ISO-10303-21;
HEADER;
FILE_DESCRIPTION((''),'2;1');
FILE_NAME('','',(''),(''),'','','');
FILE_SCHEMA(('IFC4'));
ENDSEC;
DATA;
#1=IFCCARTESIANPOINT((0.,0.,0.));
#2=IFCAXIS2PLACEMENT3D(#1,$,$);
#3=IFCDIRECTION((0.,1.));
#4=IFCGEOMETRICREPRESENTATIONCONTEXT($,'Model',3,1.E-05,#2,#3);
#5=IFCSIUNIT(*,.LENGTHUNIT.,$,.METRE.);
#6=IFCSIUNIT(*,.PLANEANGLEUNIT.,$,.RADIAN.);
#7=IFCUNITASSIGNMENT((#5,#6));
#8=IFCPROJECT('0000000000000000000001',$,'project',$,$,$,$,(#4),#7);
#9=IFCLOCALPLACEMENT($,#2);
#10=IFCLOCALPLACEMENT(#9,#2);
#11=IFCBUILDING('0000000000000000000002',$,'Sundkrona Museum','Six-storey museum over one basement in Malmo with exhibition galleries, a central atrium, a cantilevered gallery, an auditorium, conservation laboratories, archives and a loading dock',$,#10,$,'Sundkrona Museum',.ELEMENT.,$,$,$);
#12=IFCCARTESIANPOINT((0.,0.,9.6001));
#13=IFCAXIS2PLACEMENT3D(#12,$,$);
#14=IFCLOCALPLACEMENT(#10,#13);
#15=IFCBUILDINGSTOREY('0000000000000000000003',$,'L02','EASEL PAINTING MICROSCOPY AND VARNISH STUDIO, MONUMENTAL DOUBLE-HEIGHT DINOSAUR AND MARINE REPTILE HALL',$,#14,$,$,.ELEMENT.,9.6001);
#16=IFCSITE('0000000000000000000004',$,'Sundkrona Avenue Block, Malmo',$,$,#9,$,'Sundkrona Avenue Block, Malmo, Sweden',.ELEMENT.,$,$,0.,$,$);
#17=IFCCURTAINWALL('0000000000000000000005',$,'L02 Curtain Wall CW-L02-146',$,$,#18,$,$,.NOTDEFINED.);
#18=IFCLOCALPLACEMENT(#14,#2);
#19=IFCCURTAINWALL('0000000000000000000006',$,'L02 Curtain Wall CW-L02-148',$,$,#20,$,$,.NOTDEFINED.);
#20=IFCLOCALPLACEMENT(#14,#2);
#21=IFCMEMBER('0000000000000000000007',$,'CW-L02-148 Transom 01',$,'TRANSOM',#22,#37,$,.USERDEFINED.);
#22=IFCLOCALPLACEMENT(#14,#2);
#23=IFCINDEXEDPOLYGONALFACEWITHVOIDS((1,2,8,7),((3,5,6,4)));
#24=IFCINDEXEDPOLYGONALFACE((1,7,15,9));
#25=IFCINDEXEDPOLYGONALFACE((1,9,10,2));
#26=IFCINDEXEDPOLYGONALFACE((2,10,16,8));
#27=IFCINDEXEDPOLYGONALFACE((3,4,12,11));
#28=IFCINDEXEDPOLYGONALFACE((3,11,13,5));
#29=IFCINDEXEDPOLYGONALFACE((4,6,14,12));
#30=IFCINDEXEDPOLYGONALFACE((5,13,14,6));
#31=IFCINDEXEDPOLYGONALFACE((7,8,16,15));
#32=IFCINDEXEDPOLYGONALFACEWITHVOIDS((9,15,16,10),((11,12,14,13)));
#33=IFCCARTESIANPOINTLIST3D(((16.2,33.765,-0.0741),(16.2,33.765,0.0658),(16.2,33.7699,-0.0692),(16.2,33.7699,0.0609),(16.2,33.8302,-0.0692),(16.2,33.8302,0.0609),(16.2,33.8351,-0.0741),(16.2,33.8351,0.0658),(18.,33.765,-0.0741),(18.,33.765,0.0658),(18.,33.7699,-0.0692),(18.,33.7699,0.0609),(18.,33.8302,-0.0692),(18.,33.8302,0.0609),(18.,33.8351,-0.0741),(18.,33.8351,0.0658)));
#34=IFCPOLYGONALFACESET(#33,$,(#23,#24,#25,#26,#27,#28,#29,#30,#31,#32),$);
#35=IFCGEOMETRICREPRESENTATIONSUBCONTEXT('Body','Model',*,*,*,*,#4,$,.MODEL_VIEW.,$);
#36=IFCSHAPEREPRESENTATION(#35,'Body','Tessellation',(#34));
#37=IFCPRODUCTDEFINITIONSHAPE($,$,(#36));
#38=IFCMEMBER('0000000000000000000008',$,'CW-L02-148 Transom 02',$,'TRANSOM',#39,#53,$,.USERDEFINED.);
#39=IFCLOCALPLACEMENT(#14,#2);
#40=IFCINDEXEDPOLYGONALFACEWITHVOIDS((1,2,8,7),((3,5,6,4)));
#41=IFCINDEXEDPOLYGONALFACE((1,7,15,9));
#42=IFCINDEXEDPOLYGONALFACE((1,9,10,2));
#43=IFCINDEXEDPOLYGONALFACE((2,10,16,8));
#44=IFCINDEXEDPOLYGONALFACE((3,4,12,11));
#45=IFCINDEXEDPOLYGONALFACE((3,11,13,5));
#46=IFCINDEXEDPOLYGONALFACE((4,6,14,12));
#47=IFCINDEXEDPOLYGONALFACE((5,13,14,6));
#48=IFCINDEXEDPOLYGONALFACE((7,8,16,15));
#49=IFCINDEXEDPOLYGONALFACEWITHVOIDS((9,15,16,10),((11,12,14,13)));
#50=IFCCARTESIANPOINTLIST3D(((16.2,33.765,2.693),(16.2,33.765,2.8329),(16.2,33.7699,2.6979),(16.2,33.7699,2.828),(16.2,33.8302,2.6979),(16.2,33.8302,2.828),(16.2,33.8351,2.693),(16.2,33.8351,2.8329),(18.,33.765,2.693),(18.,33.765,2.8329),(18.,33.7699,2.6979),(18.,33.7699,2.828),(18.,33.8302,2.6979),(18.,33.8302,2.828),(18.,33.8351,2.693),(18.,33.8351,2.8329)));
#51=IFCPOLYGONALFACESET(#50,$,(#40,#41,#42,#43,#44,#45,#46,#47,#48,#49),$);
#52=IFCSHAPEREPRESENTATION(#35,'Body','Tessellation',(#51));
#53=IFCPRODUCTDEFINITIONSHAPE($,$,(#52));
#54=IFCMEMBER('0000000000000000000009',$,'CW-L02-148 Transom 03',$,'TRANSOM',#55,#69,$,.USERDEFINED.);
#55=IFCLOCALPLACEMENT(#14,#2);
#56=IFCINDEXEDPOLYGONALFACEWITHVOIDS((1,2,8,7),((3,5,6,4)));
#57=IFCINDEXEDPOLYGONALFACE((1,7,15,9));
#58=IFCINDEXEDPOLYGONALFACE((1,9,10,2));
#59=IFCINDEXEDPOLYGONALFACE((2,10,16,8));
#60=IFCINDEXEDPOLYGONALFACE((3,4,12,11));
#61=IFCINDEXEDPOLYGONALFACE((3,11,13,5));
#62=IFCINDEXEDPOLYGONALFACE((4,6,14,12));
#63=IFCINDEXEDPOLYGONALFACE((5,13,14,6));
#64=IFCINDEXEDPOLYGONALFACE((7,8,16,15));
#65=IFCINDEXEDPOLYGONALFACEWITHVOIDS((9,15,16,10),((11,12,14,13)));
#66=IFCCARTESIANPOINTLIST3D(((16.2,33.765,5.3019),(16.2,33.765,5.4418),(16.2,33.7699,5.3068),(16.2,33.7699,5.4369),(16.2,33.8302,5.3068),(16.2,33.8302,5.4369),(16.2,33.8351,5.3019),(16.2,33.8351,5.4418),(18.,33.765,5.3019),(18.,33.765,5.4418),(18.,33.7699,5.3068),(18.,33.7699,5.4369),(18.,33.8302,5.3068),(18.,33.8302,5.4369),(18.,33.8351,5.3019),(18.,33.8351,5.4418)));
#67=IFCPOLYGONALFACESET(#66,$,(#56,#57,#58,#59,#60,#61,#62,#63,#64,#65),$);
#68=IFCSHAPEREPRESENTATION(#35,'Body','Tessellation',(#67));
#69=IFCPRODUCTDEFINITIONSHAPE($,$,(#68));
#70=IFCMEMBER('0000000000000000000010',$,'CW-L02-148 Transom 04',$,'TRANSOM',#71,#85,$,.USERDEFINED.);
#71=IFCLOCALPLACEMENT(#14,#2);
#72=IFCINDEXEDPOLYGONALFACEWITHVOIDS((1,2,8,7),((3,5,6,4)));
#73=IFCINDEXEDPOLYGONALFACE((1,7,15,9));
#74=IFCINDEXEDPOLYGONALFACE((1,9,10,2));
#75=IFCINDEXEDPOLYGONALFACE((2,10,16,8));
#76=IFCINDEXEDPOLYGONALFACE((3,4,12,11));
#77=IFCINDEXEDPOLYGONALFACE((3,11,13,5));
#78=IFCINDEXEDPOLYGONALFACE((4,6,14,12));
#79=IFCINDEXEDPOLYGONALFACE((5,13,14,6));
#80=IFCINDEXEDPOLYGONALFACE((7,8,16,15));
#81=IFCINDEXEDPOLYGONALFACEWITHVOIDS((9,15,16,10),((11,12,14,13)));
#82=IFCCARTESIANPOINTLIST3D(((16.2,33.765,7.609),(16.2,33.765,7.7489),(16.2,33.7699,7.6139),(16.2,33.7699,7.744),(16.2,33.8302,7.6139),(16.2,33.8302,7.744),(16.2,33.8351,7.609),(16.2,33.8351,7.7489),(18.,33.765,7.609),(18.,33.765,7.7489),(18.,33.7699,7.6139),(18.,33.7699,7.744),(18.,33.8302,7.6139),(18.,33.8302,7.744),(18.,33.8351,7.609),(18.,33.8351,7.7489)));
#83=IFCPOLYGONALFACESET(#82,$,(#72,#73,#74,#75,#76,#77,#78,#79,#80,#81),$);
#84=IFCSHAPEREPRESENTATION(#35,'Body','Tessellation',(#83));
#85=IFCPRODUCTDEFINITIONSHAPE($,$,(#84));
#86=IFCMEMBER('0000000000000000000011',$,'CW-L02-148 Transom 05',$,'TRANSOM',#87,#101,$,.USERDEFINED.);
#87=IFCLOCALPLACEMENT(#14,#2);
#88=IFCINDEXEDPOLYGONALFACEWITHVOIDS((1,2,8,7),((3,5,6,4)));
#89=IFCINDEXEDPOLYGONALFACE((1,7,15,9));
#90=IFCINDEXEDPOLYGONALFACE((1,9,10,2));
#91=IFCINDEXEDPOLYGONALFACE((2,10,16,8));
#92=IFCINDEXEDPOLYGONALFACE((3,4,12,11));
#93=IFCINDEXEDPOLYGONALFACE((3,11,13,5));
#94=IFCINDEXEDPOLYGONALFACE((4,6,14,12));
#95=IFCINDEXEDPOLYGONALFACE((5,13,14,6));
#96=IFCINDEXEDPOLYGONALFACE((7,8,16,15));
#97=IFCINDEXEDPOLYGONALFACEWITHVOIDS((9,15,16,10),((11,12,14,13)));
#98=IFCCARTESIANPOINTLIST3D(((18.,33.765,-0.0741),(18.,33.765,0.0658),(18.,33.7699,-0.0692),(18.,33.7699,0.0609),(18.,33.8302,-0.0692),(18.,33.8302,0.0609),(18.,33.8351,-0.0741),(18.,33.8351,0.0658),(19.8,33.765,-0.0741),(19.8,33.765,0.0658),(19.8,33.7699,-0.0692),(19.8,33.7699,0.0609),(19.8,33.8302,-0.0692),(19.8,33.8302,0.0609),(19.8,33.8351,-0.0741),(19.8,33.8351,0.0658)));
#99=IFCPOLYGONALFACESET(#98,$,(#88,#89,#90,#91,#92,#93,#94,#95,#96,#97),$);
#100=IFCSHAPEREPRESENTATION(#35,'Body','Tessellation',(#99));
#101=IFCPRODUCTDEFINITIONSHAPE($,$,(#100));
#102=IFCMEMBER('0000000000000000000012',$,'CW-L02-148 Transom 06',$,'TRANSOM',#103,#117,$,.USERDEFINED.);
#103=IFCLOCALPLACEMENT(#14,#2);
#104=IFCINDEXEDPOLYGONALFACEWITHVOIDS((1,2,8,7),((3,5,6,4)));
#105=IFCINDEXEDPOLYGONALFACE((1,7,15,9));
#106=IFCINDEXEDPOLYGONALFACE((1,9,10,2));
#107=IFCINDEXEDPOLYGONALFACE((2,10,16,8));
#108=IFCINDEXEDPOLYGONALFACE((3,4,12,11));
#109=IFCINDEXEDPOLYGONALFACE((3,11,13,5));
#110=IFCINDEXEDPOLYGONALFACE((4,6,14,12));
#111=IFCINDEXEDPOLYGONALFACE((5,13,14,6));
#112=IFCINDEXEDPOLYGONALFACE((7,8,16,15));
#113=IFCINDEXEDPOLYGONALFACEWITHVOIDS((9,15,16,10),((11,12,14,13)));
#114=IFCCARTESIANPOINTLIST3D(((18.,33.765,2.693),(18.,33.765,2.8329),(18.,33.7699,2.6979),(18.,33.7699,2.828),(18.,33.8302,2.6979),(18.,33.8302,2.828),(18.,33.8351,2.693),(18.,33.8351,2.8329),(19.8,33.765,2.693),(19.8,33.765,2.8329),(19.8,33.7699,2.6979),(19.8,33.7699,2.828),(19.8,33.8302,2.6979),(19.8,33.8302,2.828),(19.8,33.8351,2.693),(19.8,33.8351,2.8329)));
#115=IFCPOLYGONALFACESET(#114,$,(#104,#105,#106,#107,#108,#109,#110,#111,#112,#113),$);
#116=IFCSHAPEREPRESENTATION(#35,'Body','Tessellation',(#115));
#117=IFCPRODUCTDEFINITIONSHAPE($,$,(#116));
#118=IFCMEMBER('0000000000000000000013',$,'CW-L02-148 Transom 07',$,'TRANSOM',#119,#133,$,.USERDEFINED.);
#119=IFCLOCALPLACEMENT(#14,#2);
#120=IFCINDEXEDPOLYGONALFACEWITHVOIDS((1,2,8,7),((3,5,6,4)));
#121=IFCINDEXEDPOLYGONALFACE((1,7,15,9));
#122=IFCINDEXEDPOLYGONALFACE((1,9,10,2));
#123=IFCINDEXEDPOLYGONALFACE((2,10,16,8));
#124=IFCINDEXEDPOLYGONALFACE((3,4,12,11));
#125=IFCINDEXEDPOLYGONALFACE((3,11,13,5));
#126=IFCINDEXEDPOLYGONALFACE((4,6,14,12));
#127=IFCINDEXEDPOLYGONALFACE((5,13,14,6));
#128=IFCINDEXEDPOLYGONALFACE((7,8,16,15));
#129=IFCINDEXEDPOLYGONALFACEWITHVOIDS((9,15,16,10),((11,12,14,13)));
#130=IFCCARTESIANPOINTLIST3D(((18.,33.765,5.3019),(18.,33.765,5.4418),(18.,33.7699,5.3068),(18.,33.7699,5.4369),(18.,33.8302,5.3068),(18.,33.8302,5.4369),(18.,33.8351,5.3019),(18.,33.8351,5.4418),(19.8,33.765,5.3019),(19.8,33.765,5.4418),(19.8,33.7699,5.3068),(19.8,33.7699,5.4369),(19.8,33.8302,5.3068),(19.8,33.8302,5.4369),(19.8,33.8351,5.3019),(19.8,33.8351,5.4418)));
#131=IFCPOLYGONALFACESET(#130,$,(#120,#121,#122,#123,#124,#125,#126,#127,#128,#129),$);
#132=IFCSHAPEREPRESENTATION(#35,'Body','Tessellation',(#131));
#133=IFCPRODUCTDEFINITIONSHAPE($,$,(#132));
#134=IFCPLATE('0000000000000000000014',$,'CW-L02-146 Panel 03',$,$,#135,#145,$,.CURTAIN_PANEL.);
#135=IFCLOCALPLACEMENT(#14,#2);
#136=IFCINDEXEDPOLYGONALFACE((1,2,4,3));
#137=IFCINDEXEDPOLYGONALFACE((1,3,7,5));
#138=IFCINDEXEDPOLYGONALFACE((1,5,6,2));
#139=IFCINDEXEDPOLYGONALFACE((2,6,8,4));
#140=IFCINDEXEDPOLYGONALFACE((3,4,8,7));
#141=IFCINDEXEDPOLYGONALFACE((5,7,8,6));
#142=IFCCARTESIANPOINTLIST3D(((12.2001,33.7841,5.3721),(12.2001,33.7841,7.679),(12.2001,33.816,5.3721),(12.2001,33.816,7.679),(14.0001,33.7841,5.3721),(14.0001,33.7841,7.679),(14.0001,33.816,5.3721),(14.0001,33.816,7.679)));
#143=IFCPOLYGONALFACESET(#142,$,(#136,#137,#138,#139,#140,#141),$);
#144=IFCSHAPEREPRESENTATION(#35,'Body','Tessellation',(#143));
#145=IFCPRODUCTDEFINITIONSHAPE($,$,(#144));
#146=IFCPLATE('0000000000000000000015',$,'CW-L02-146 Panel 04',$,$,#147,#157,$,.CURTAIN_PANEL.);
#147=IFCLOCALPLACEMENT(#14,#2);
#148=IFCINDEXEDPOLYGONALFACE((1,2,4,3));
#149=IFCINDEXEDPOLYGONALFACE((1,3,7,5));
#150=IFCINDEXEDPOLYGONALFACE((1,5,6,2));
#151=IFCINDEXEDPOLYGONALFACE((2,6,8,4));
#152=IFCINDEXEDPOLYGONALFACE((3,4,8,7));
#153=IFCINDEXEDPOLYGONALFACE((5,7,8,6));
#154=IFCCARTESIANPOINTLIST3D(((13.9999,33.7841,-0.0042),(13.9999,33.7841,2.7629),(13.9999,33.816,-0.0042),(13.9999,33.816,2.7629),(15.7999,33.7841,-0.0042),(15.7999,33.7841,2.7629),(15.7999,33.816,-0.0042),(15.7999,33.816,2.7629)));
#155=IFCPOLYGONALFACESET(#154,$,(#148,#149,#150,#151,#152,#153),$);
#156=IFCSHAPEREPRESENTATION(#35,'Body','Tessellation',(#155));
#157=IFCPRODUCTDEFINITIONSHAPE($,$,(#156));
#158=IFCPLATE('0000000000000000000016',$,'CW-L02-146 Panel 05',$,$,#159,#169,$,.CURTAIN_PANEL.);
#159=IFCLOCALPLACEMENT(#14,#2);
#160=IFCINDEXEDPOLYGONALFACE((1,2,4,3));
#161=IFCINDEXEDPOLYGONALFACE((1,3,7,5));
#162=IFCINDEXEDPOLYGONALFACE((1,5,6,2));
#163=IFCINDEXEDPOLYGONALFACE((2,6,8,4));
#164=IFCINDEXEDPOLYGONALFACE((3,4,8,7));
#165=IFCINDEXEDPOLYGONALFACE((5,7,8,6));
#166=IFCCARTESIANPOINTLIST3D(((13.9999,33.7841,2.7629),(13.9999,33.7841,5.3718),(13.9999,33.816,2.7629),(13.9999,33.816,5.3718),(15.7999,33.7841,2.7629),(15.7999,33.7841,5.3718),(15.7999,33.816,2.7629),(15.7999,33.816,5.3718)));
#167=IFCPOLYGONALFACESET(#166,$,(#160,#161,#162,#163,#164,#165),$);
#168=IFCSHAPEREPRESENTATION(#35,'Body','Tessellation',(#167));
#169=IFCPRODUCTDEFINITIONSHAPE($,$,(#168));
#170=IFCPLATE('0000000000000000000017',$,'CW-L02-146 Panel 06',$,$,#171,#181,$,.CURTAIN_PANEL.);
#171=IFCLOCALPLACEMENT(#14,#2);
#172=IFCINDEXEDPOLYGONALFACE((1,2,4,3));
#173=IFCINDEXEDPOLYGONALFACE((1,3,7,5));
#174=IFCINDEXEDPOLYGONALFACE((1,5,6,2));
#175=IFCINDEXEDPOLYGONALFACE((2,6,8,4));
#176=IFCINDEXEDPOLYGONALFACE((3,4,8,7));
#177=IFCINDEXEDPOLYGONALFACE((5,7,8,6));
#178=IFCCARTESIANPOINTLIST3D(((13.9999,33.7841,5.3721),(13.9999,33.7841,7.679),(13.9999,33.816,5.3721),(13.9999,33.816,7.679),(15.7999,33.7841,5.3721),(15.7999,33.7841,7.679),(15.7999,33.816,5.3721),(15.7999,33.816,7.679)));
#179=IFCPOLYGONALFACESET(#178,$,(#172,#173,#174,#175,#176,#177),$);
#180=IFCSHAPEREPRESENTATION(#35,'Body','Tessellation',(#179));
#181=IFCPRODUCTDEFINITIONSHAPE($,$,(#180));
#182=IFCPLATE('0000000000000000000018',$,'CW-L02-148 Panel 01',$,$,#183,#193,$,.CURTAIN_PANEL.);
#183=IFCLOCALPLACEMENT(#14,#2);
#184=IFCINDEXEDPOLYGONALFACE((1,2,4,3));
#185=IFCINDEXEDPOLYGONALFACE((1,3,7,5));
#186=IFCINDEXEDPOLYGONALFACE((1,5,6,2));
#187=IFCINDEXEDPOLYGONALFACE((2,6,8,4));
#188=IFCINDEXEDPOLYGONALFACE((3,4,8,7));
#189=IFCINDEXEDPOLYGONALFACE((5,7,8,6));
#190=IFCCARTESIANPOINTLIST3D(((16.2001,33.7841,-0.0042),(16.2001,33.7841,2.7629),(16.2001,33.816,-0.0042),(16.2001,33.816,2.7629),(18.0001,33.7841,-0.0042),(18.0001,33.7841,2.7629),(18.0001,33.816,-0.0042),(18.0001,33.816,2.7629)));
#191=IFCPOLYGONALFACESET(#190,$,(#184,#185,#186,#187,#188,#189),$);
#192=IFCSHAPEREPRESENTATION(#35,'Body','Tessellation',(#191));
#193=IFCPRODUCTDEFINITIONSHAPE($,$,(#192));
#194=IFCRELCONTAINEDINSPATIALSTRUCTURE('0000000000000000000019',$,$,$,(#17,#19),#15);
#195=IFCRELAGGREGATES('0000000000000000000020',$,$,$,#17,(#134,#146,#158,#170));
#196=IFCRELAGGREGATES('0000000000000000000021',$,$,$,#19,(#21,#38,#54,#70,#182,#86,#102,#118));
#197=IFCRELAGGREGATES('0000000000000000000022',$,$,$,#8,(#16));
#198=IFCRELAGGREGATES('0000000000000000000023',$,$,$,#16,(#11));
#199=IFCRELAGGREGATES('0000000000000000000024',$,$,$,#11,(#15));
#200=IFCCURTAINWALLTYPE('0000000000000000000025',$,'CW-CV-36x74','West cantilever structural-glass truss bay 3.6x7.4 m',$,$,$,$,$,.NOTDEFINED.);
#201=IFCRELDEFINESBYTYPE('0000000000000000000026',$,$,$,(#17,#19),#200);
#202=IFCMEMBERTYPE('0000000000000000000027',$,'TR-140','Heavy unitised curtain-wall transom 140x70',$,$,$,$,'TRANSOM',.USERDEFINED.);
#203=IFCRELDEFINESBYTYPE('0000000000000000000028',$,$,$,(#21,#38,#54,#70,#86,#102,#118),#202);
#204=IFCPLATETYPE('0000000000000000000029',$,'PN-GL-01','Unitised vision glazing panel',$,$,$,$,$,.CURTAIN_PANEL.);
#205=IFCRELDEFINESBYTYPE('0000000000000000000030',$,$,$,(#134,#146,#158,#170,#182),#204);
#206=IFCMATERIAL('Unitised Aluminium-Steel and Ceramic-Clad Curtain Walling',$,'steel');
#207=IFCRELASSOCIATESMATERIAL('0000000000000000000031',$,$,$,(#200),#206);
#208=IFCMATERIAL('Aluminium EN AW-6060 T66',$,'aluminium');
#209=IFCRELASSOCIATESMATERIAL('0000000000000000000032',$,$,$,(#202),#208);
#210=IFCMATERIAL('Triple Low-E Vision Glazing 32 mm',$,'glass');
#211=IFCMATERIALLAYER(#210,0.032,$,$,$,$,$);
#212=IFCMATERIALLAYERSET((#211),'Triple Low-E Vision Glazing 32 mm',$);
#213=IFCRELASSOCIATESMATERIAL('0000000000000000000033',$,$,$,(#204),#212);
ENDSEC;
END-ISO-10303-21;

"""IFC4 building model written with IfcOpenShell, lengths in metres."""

from ifc_helpers import new_model, si_unit, direction, frame, origin, origin_2d, place, context, subcontext, project, spatial, rectangle, hollow_rectangle, extrude, material, layer, layer_set, material_profile, profile_set, type_object, element, aggregate, save


model = new_model("IFC4")

# Units and contexts
model_context = context("Model", 3, precision=1e-05, world=origin(), true_north=direction((0.0, 1.0)))
body_context = subcontext(model_context, "Body", "Model", "MODEL_VIEW")
ifc_project = project(units=[si_unit("LENGTHUNIT", "METRE"), si_unit("PLANEANGLEUNIT", "RADIAN")], contexts=[model_context])

# Site, building, storey
site_placement = place(None, origin())
site = spatial("IfcSite", under=ifc_project, at=site_placement, Name="Sundkrona Avenue Block, Malmo", LongName="Sundkrona Avenue Block, Malmo, Sweden", CompositionType="ELEMENT", RefElevation=0.0)
building_placement = place(site_placement, origin())
building = spatial("IfcBuilding", under=site, at=building_placement, Name="Sundkrona Museum", Description="Six-storey museum over one basement in Malmo with exhibition galleries, a central atrium, a cantilevered gallery, an auditorium, conservation laboratories, archives and a loading dock", LongName="Sundkrona Museum", CompositionType="ELEMENT")
storey_placement = place(building_placement, frame((0.0, 0.0, 9.6001)))
storey = spatial("IfcBuildingStorey", under=building, at=storey_placement, Name="L02", Description="EASEL PAINTING MICROSCOPY AND VARNISH STUDIO, MONUMENTAL DOUBLE-HEIGHT DINOSAUR AND MARINE REPTILE HALL", CompositionType="ELEMENT", Elevation=9.6001)

# Curtain walls
ifc_material_1 = material(Name="Unitised Aluminium-Steel and Ceramic-Clad Curtain Walling", Category="steel")
curtain_wall_type = type_object("IfcCurtainWallType", Name="CW-CV-36x74", Description="West cantilever structural-glass truss bay 3.6x7.4 m", PredefinedType="NOTDEFINED", material=ifc_material_1)
curtain_wall_1_placement = place(storey_placement, origin())
curtain_wall_1 = element("IfcCurtainWall", 1, at=curtain_wall_1_placement, inside=storey, type_object=curtain_wall_type, Name="L02 Curtain Wall CW-L02-146", PredefinedType="NOTDEFINED")
ifc_material_2 = material(Name="Aluminium EN AW-6060 T66", Category="aluminium")
curtain_wall_2_placement = place(storey_placement, origin())
curtain_wall_2 = element("IfcCurtainWall", 2, at=curtain_wall_2_placement, inside=storey, type_object=curtain_wall_type, Name="L02 Curtain Wall CW-L02-148", PredefinedType="NOTDEFINED")

# Members
ifc_material_profile_1 = material_profile(ifc_material_2, hollow_rectangle(XDim=0.0701, YDim=0.1399, WallThickness=0.0049, at=origin_2d()), Name="RHS 140x70x5.0")
ifc_profile_set_1 = profile_set([ifc_material_profile_1], Name="Aluminium EN AW-6060 T66")
member_type_1 = type_object("IfcMemberType", Name="TR-140", Description="Heavy unitised curtain-wall transom 140x70", ElementType="TRANSOM", PredefinedType="USERDEFINED", material=ifc_profile_set_1)
member_1_placement = place(storey_placement, frame((16.2, 33.8, -0.0042), z_axis=(1.0, 0.0, 0.0), x_axis=(0.0, 1.0, 0.0)))
member_1 = element("IfcMember", 3, at=member_1_placement, type_object=member_type_1, Name="CW-L02-148 Transom 01", ObjectType="TRANSOM", PredefinedType="USERDEFINED", context=body_context, shape_type="SweptSolid", body=[
    extrude(hollow_rectangle(XDim=0.0701, YDim=0.1399, WallThickness=0.0049, at=origin_2d()), origin(), (0.0, 0.0, 1.0), 1.8),
])
member_2_placement = place(storey_placement, frame((16.2, 33.8, 2.7629), z_axis=(1.0, 0.0, 0.0), x_axis=(0.0, 1.0, 0.0)))
member_2 = element("IfcMember", 4, at=member_2_placement, type_object=member_type_1, Name="CW-L02-148 Transom 02", ObjectType="TRANSOM", PredefinedType="USERDEFINED", context=body_context, shape_type="SweptSolid", body=[
    extrude(hollow_rectangle(XDim=0.0701, YDim=0.1399, WallThickness=0.0049, at=origin_2d()), origin(), (0.0, 0.0, 1.0), 1.8),
])
member_3_placement = place(storey_placement, frame((16.2, 33.8, 5.3718), z_axis=(1.0, 0.0, 0.0), x_axis=(0.0, 1.0, 0.0)))
member_3 = element("IfcMember", 5, at=member_3_placement, type_object=member_type_1, Name="CW-L02-148 Transom 03", ObjectType="TRANSOM", PredefinedType="USERDEFINED", context=body_context, shape_type="SweptSolid", body=[
    extrude(hollow_rectangle(XDim=0.0701, YDim=0.1399, WallThickness=0.0049, at=origin_2d()), origin(), (0.0, 0.0, 1.0), 1.8),
])
member_4_placement = place(storey_placement, frame((16.2, 33.8, 7.679), z_axis=(1.0, 0.0, 0.0), x_axis=(0.0, 1.0, 0.0)))
member_4 = element("IfcMember", 6, at=member_4_placement, type_object=member_type_1, Name="CW-L02-148 Transom 04", ObjectType="TRANSOM", PredefinedType="USERDEFINED", context=body_context, shape_type="SweptSolid", body=[
    extrude(hollow_rectangle(XDim=0.0701, YDim=0.1399, WallThickness=0.0049, at=origin_2d()), origin(), (0.0, 0.0, 1.0), 1.8),
])
member_5_placement = place(storey_placement, frame((18.0, 33.8, -0.0042), z_axis=(1.0, 0.0, 0.0), x_axis=(0.0, 1.0, 0.0)))
member_5 = element("IfcMember", 7, at=member_5_placement, type_object=member_type_1, Name="CW-L02-148 Transom 05", ObjectType="TRANSOM", PredefinedType="USERDEFINED", context=body_context, shape_type="SweptSolid", body=[
    extrude(hollow_rectangle(XDim=0.0701, YDim=0.1399, WallThickness=0.0049, at=origin_2d()), origin(), (0.0, 0.0, 1.0), 1.8),
])
member_6_placement = place(storey_placement, frame((18.0, 33.8, 2.7629), z_axis=(1.0, 0.0, 0.0), x_axis=(0.0, 1.0, 0.0)))
member_6 = element("IfcMember", 8, at=member_6_placement, type_object=member_type_1, Name="CW-L02-148 Transom 06", ObjectType="TRANSOM", PredefinedType="USERDEFINED", context=body_context, shape_type="SweptSolid", body=[
    extrude(hollow_rectangle(XDim=0.0701, YDim=0.1399, WallThickness=0.0049, at=origin_2d()), origin(), (0.0, 0.0, 1.0), 1.8),
])
member_7_placement = place(storey_placement, frame((18.0, 33.8, 5.3718), z_axis=(1.0, 0.0, 0.0), x_axis=(0.0, 1.0, 0.0)))
member_7 = element("IfcMember", 9, at=member_7_placement, type_object=member_type_1, Name="CW-L02-148 Transom 07", ObjectType="TRANSOM", PredefinedType="USERDEFINED", context=body_context, shape_type="SweptSolid", body=[
    extrude(hollow_rectangle(XDim=0.0701, YDim=0.1399, WallThickness=0.0049, at=origin_2d()), origin(), (0.0, 0.0, 1.0), 1.8),
])

# Plates
ifc_material_3 = material(Name="Triple Low-E Vision Glazing 32 mm", Category="glass")
ifc_layer = layer(ifc_material_3, 0.032)
ifc_layer_set = layer_set([ifc_layer], Name="Triple Low-E Vision Glazing 32 mm")
plate_type = type_object("IfcPlateType", Name="PN-GL-01", Description="Unitised vision glazing panel", PredefinedType="CURTAIN_PANEL", material=ifc_layer_set)
plate_1_placement = place(storey_placement, frame((13.1001, 33.8, 5.3721), z_axis=(0.0, 0.0, 1.0), x_axis=(1.0, 0.0, 0.0)))
plate_1 = element("IfcPlate", 10, at=plate_1_placement, type_object=plate_type, Name="CW-L02-146 Panel 03", PredefinedType="CURTAIN_PANEL", context=body_context, shape_type="SweptSolid", body=[
    extrude(rectangle(XDim=1.8, YDim=0.032, at=origin_2d()), origin(), (0.0, 0.0, 1.0), 2.3069),
])
plate_2_placement = place(storey_placement, frame((14.8999, 33.8, -0.0042), z_axis=(0.0, 0.0, 1.0), x_axis=(1.0, 0.0, 0.0)))
plate_2 = element("IfcPlate", 11, at=plate_2_placement, type_object=plate_type, Name="CW-L02-146 Panel 04", PredefinedType="CURTAIN_PANEL", context=body_context, shape_type="SweptSolid", body=[
    extrude(rectangle(XDim=1.8, YDim=0.032, at=origin_2d()), origin(), (0.0, 0.0, 1.0), 2.7671),
])
plate_3_placement = place(storey_placement, frame((14.8999, 33.8, 2.7629), z_axis=(0.0, 0.0, 1.0), x_axis=(1.0, 0.0, 0.0)))
plate_3 = element("IfcPlate", 12, at=plate_3_placement, type_object=plate_type, Name="CW-L02-146 Panel 05", PredefinedType="CURTAIN_PANEL", context=body_context, shape_type="SweptSolid", body=[
    extrude(rectangle(XDim=1.8, YDim=0.032, at=origin_2d()), origin(), (0.0, 0.0, 1.0), 2.6089),
])
plate_4_placement = place(storey_placement, frame((14.8999, 33.8, 5.3721), z_axis=(0.0, 0.0, 1.0), x_axis=(1.0, 0.0, 0.0)))
plate_4 = element("IfcPlate", 13, at=plate_4_placement, type_object=plate_type, Name="CW-L02-146 Panel 06", PredefinedType="CURTAIN_PANEL", context=body_context, shape_type="SweptSolid", body=[
    extrude(rectangle(XDim=1.8, YDim=0.032, at=origin_2d()), origin(), (0.0, 0.0, 1.0), 2.3069),
])
aggregate(curtain_wall_1, [plate_1, plate_2, plate_3, plate_4])
plate_5_placement = place(storey_placement, frame((17.1001, 33.8, -0.0042), z_axis=(0.0, 0.0, 1.0), x_axis=(1.0, 0.0, 0.0)))
plate_5 = element("IfcPlate", 14, at=plate_5_placement, type_object=plate_type, Name="CW-L02-148 Panel 01", PredefinedType="CURTAIN_PANEL", context=body_context, shape_type="SweptSolid", body=[
    extrude(rectangle(XDim=1.8, YDim=0.032, at=origin_2d()), origin(), (0.0, 0.0, 1.0), 2.7671),
])
aggregate(curtain_wall_2, [member_1, member_2, member_3, member_4, plate_5, member_5, member_6, member_7])

save(model, "model.ifc")
